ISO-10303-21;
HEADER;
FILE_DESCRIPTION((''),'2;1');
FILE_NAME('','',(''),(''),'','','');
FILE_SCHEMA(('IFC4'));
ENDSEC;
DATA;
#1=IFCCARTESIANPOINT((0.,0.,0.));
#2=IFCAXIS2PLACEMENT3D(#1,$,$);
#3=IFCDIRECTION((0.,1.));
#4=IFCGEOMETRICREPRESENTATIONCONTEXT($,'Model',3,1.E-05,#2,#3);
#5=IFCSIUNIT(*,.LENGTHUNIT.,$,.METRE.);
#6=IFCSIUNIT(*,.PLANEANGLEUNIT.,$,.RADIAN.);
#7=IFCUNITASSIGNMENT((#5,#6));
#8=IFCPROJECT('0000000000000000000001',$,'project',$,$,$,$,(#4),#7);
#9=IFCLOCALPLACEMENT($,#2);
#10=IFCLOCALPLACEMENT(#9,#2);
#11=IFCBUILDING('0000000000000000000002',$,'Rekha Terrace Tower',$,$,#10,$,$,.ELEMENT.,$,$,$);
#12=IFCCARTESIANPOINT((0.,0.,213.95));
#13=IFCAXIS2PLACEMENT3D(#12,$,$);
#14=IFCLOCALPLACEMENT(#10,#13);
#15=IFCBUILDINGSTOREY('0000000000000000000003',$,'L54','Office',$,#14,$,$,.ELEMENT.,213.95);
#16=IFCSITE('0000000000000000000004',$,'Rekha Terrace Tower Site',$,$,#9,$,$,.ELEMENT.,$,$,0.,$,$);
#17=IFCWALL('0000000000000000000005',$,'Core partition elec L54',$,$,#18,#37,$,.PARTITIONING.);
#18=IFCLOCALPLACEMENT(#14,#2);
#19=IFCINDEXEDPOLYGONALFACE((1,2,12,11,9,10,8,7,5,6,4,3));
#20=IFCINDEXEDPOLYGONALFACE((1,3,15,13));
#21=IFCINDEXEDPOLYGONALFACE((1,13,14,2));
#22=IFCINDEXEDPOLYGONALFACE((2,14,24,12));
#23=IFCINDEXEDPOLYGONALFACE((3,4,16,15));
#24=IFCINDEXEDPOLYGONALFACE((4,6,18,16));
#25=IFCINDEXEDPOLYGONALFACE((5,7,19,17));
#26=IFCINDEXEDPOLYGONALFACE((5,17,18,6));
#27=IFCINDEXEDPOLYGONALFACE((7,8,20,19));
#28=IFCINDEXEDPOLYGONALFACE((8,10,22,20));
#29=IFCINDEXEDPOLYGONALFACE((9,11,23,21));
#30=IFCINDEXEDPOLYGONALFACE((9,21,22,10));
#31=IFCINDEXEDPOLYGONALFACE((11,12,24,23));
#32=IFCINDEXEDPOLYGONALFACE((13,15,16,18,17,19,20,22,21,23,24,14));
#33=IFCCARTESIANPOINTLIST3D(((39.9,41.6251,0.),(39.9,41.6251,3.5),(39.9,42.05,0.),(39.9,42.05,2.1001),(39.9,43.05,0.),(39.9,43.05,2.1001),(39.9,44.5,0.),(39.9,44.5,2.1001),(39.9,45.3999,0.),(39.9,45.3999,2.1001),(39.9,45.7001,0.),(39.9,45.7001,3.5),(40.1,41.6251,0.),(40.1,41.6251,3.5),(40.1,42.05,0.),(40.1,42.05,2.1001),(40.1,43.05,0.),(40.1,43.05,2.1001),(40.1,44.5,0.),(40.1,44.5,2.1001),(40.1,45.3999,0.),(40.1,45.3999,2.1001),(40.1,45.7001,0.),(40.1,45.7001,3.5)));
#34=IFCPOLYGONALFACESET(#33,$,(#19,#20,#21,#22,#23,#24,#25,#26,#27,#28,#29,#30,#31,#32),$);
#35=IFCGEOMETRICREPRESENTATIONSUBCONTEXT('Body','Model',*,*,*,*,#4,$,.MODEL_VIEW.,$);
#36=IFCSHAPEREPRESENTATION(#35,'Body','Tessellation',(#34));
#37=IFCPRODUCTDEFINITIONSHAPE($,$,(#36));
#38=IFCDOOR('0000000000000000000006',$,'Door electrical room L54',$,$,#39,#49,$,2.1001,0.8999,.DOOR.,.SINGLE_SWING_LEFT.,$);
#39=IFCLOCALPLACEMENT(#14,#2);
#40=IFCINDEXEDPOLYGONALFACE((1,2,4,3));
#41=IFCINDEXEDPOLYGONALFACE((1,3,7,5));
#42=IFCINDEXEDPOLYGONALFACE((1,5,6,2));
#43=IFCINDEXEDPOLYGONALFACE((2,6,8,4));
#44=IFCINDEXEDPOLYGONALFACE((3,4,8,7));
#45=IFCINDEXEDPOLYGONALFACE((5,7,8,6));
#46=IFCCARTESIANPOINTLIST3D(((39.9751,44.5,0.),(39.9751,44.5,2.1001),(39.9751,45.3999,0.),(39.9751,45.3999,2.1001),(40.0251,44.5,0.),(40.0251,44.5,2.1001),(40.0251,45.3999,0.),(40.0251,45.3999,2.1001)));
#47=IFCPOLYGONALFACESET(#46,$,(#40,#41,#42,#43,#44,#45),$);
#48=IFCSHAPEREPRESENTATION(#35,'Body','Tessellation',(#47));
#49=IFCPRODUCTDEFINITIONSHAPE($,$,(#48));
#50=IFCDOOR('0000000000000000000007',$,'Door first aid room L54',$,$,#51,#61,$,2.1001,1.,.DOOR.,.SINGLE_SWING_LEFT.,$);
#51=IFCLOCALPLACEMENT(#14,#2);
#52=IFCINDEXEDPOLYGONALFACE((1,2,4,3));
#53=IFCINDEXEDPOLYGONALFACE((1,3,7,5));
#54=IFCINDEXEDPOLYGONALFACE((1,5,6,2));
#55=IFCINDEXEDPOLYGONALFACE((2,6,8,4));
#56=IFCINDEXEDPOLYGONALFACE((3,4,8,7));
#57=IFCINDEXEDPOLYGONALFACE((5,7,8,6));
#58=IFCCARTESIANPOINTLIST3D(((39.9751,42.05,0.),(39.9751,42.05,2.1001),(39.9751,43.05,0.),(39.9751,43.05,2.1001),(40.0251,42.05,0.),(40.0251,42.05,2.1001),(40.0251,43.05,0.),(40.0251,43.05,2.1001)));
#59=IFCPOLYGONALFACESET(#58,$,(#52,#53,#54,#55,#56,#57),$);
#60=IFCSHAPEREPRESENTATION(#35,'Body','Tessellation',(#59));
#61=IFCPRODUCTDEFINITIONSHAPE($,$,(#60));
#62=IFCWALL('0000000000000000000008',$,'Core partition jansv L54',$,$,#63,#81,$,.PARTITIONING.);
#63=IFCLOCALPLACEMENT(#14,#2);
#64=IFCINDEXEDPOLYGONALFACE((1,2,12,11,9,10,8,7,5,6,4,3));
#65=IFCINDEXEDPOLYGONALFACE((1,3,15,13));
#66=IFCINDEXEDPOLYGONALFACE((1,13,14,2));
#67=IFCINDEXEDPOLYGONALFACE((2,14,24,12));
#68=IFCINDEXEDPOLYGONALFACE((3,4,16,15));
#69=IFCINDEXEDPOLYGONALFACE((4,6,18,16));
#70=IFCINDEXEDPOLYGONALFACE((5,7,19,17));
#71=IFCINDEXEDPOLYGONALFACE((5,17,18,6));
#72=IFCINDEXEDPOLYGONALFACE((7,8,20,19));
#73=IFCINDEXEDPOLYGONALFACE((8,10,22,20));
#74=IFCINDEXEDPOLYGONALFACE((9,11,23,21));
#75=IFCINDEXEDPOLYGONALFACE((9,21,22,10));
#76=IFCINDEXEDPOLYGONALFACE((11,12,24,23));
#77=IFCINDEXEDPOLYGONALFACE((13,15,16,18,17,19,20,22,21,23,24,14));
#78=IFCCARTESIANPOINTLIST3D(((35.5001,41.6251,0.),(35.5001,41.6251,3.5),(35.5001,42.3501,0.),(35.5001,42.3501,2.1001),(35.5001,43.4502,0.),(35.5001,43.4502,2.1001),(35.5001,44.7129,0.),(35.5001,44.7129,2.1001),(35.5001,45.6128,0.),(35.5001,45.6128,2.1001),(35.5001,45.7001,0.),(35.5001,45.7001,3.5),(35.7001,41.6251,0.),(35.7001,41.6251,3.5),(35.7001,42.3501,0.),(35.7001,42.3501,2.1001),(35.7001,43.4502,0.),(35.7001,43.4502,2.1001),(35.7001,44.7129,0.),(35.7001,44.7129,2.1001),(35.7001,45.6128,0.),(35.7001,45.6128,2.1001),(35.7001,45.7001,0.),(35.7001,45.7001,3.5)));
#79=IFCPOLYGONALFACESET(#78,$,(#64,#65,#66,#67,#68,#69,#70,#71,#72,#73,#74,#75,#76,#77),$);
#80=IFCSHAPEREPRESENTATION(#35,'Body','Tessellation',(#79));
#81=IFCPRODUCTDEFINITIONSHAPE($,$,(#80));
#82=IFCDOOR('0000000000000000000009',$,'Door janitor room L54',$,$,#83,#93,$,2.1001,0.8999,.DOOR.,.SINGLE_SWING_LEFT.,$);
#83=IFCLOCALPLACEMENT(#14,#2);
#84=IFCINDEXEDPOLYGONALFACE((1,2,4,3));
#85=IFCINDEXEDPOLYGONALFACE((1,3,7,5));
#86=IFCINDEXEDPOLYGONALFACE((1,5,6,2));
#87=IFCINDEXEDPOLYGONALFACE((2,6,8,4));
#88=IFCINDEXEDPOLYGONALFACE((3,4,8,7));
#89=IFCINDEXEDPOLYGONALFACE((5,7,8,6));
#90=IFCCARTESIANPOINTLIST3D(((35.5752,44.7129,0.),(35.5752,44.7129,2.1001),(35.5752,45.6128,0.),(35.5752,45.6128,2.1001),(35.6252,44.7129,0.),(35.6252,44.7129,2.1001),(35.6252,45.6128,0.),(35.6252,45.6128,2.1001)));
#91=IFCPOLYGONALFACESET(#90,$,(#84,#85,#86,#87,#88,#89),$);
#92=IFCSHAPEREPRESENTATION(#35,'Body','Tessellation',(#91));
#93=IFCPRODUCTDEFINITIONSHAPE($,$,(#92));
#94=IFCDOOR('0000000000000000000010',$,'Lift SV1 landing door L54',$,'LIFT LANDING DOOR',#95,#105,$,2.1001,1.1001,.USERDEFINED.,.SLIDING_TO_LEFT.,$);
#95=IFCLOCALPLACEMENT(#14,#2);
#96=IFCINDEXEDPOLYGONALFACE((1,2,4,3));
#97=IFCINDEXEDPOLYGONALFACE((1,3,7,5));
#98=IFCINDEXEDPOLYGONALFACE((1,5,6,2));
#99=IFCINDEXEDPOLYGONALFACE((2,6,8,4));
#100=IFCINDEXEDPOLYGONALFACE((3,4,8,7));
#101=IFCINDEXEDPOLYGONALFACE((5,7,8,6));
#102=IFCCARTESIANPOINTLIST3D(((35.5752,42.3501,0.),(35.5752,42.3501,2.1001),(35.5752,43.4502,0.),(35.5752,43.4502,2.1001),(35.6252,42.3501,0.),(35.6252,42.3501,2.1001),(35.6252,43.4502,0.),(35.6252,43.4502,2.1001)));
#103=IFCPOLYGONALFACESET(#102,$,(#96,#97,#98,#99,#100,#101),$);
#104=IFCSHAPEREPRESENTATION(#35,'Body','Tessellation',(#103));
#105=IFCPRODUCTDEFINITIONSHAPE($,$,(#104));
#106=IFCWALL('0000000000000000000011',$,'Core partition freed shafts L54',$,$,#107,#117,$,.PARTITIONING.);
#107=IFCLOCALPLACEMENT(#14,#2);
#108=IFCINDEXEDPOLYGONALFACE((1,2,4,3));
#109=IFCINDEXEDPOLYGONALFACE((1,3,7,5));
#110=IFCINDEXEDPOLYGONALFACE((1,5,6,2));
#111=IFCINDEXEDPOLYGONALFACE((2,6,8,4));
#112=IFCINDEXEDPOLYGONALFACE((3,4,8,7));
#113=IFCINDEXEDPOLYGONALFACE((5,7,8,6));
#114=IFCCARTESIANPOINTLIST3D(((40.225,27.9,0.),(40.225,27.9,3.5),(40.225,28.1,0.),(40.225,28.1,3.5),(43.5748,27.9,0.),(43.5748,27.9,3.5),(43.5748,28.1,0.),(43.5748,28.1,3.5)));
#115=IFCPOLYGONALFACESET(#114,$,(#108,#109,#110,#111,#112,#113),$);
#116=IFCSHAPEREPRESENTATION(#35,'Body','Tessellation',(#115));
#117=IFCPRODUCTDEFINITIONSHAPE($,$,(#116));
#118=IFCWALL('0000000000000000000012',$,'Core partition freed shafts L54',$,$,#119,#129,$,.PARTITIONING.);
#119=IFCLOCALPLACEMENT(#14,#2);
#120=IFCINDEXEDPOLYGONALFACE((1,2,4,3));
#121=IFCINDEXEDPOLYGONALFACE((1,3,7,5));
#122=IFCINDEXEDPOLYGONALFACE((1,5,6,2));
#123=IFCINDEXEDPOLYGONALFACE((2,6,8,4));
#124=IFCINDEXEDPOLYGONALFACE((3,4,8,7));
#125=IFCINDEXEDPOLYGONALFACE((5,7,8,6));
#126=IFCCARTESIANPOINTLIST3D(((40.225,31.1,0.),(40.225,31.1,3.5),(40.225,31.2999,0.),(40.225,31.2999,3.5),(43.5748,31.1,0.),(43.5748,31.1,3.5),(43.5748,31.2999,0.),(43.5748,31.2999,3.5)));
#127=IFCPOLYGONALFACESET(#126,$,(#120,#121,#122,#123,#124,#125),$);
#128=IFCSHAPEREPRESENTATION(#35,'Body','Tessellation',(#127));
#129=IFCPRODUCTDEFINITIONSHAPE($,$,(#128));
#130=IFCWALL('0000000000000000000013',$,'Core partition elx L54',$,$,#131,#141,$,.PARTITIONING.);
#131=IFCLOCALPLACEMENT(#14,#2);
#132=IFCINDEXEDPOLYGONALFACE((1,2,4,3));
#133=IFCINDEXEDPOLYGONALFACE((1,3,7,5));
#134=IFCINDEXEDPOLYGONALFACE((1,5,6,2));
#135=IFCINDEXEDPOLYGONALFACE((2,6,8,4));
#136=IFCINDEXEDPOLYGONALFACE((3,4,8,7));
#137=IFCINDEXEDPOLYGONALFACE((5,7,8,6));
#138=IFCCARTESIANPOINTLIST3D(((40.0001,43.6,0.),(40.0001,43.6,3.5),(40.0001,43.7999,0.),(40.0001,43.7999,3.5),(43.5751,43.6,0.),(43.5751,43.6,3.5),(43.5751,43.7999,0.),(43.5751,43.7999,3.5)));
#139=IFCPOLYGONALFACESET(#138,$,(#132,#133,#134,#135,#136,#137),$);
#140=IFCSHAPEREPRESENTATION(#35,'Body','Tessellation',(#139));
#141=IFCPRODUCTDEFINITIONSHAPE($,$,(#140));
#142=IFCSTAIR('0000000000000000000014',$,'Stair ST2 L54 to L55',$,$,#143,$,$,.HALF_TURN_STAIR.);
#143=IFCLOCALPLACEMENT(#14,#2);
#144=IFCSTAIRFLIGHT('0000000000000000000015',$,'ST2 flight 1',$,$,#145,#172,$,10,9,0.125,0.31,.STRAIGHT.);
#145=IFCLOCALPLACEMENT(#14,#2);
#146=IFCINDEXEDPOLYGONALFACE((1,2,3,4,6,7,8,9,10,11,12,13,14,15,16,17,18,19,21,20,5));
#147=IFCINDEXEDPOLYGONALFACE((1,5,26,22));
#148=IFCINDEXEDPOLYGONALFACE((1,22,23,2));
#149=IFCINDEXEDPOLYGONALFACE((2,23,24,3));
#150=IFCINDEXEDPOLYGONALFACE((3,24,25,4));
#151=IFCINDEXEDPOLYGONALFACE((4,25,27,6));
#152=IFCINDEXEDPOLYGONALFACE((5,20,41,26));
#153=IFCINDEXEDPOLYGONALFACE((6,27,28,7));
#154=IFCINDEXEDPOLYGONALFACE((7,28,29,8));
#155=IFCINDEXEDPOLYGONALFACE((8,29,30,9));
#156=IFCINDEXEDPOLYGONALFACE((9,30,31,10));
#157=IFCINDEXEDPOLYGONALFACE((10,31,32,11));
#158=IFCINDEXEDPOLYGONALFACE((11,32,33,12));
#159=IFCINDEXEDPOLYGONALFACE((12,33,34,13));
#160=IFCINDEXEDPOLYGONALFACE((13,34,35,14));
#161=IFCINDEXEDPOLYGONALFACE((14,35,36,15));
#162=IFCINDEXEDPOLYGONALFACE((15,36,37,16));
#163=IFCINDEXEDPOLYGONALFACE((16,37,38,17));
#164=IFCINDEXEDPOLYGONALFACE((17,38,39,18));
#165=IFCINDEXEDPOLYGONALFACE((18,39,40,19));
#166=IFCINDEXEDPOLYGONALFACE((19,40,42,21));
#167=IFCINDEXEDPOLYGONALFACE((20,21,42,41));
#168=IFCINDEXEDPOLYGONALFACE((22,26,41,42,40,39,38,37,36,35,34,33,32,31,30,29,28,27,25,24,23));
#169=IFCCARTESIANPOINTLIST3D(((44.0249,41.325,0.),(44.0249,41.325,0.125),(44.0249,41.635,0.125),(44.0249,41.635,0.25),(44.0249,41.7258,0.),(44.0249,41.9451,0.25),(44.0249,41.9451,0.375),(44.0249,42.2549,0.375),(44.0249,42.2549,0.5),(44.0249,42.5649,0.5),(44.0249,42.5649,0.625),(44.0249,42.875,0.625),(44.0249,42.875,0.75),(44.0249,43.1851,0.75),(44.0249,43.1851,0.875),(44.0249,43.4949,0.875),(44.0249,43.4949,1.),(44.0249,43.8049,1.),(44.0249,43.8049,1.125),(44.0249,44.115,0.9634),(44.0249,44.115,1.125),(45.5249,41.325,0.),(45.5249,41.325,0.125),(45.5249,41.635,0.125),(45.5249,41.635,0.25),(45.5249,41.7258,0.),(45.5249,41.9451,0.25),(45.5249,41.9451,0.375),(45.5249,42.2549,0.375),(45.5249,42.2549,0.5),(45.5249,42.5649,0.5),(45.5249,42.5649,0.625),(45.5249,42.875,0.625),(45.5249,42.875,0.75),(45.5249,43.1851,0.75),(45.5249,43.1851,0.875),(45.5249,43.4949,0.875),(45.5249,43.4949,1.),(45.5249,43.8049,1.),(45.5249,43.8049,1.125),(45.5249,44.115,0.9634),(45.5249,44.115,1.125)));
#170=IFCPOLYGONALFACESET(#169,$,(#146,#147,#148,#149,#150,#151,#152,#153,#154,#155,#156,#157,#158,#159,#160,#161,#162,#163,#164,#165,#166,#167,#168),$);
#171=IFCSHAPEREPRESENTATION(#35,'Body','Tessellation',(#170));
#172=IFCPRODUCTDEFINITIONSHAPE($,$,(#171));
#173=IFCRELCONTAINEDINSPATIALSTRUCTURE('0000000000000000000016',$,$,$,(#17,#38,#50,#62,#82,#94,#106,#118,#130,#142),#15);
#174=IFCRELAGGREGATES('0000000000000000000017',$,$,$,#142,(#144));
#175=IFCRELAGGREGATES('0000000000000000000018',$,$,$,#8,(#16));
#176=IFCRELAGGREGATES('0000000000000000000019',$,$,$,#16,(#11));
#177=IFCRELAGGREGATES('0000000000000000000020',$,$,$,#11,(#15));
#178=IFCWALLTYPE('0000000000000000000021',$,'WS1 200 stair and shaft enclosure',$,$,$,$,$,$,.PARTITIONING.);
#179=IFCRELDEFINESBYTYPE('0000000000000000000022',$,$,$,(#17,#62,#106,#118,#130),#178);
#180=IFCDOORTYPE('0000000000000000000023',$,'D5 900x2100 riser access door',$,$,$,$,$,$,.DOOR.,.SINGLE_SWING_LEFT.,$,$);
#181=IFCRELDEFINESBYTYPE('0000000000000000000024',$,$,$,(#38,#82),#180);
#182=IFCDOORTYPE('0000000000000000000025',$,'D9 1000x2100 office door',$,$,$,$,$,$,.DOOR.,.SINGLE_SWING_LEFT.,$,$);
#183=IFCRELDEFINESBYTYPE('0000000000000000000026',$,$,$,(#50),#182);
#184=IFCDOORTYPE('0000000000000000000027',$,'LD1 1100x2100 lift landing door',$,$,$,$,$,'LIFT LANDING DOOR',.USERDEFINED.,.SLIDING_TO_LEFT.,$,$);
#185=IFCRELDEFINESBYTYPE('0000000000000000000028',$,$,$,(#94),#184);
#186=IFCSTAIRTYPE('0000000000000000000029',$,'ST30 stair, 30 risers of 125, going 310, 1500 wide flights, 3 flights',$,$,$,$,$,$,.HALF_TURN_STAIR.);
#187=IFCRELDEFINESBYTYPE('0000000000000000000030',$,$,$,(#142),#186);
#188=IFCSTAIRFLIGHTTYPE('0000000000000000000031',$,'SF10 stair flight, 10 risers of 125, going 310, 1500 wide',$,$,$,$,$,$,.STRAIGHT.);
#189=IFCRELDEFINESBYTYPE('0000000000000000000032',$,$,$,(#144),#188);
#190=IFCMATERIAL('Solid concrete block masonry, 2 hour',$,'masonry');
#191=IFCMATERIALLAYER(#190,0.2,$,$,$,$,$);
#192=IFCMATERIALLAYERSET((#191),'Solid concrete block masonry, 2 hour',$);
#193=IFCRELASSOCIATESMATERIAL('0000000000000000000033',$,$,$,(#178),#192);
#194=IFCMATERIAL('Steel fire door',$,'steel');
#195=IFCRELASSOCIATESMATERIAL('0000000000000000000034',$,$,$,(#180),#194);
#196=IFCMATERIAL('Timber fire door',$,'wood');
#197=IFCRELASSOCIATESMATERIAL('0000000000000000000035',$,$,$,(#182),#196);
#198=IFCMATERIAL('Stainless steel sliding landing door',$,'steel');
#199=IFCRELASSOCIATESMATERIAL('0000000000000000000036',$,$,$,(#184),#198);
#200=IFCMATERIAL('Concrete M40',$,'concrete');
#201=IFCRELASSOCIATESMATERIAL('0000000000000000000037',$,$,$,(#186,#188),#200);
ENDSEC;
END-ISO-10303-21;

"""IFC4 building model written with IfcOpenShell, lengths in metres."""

from ifc_helpers import new_model, si_unit, direction, frame, frame_2d, origin, place, context, subcontext, project, spatial, polyline, rectangle, outline, extrude, material, layer, layer_set, type_object, element, fill, aggregate, save


model = new_model("IFC4")

# Units and contexts
model_context = context("Model", 3, precision=1e-05, world=origin(), true_north=direction((0.0, 1.0)))
body_context = subcontext(model_context, "Body", "Model", "MODEL_VIEW")
ifc_project = project(units=[si_unit("LENGTHUNIT", "METRE"), si_unit("PLANEANGLEUNIT", "RADIAN")], contexts=[model_context])

# Site, building, storey
site_placement = place(None, origin())
site = spatial("IfcSite", under=ifc_project, at=site_placement, Name="Rekha Terrace Tower Site", CompositionType="ELEMENT", RefElevation=0.0)
building_placement = place(site_placement, origin())
building = spatial("IfcBuilding", under=site, at=building_placement, Name="Rekha Terrace Tower", CompositionType="ELEMENT")
storey_placement = place(building_placement, frame((0.0, 0.0, 213.95)))
storey = spatial("IfcBuildingStorey", under=building, at=storey_placement, Name="L54", Description="Office", CompositionType="ELEMENT", Elevation=213.95)

# Shared definitions
ifc_material_1 = material(Name="Stainless steel sliding landing door", Category="steel")
ifc_material_2 = material(Name="Steel fire door", Category="steel")

# Shared definitions
ifc_material_3 = material(Name="Solid concrete block masonry, 2 hour", Category="masonry")
ifc_layer_1 = layer(ifc_material_3, 0.2)
ifc_layer_set_1 = layer_set([ifc_layer_1], Name="Solid concrete block masonry, 2 hour")
wall_type_1 = type_object("IfcWallType", Name="WS1 200 stair and shaft enclosure", PredefinedType="PARTITIONING", material=ifc_layer_set_1)

# Walls, openings, doors
wall_1_placement = place(storey_placement, frame((40.0, 41.625, 0.0), z_axis=(0.0, 0.0, 1.0), x_axis=(0.0, 1.0, 0.0)))
wall_1 = element("IfcWall", 1, at=wall_1_placement, inside=storey, type_object=wall_type_1, Name="Core partition elec L54", PredefinedType="PARTITIONING", context=body_context, shape_type="SweptSolid", body=[
    extrude(rectangle(XDim=4.075, YDim=0.2, at=frame_2d((2.0376, 0.0))), origin(), (0.0, 0.0, 1.0), 3.5),
])
opening_1_placement = place(wall_1_placement, frame((2.875, 0.0, 0.0)))
opening_1 = element("IfcOpeningElement", 2, at=opening_1_placement, cuts=wall_1, PredefinedType="OPENING", context=body_context, shape_type="SweptSolid", body=[
    extrude(rectangle(XDim=0.8999, YDim=2.1001, at=frame_2d((0.45, 1.05))), frame((0.0, 0.1099, 0.0), z_axis=(0.0, -1.0, 0.0), x_axis=(1.0, 0.0, 0.0)), (0.0, 0.0, 1.0), 0.22),
])
opening_2_placement = place(wall_1_placement, frame((0.425, 0.0, 0.0)))
opening_2 = element("IfcOpeningElement", 3, at=opening_2_placement, cuts=wall_1, PredefinedType="OPENING", context=body_context, shape_type="SweptSolid", body=[
    extrude(rectangle(XDim=1.0, YDim=2.1001, at=frame_2d((0.5, 1.05))), frame((0.0, 0.1099, 0.0), z_axis=(0.0, -1.0, 0.0), x_axis=(1.0, 0.0, 0.0)), (0.0, 0.0, 1.0), 0.22),
])
door_type_1 = type_object("IfcDoorType", Name="D5 900x2100 riser access door", OperationType="SINGLE_SWING_LEFT", PredefinedType="DOOR", material=ifc_material_2)
door_1_placement = place(opening_1_placement, origin())
door_1 = element("IfcDoor", 4, at=door_1_placement, inside=storey, type_object=door_type_1, Name="Door electrical room L54", OperationType="SINGLE_SWING_LEFT", OverallHeight=2.1001, OverallWidth=0.8999, PredefinedType="DOOR", context=body_context, shape_type="SweptSolid", body=[
    extrude(rectangle(XDim=0.8999, YDim=2.1001, at=frame_2d((0.45, 1.05))), frame((0.0, 0.0249, 0.0), z_axis=(0.0, -1.0, 0.0), x_axis=(1.0, 0.0, 0.0)), (0.0, 0.0, 1.0), 0.05),
])
fill(opening_1, door_1)
ifc_material_4 = material(Name="Timber fire door", Category="wood")
door_type_2 = type_object("IfcDoorType", Name="D9 1000x2100 office door", OperationType="SINGLE_SWING_LEFT", PredefinedType="DOOR", material=ifc_material_4)
door_2_placement = place(opening_2_placement, origin())
door_2 = element("IfcDoor", 5, at=door_2_placement, inside=storey, type_object=door_type_2, Name="Door first aid room L54", OperationType="SINGLE_SWING_LEFT", OverallHeight=2.1001, OverallWidth=1.0, PredefinedType="DOOR", context=body_context, shape_type="SweptSolid", body=[
    extrude(rectangle(XDim=1.0, YDim=2.1001, at=frame_2d((0.5, 1.05))), frame((0.0, 0.0249, 0.0), z_axis=(0.0, -1.0, 0.0), x_axis=(1.0, 0.0, 0.0)), (0.0, 0.0, 1.0), 0.05),
])
fill(opening_2, door_2)
wall_2_placement = place(storey_placement, frame((35.6001, 41.625, 0.0), z_axis=(0.0, 0.0, 1.0), x_axis=(0.0, 1.0, 0.0)))
wall_2 = element("IfcWall", 6, at=wall_2_placement, inside=storey, type_object=wall_type_1, Name="Core partition jansv L54", PredefinedType="PARTITIONING", context=body_context, shape_type="SweptSolid", body=[
    extrude(rectangle(XDim=4.075, YDim=0.2, at=frame_2d((2.0376, 0.0))), origin(), (0.0, 0.0, 1.0), 3.5),
])
opening_3_placement = place(wall_2_placement, frame((3.0879, 0.0, 0.0)))
opening_3 = element("IfcOpeningElement", 7, at=opening_3_placement, cuts=wall_2, PredefinedType="OPENING", context=body_context, shape_type="SweptSolid", body=[
    extrude(rectangle(XDim=0.8999, YDim=2.1001, at=frame_2d((0.45, 1.05))), frame((0.0, 0.1099, 0.0), z_axis=(0.0, -1.0, 0.0), x_axis=(1.0, 0.0, 0.0)), (0.0, 0.0, 1.0), 0.22),
])
opening_4_placement = place(wall_2_placement, frame((0.7251, 0.0, 0.0)))
opening_4 = element("IfcOpeningElement", 8, at=opening_4_placement, cuts=wall_2, PredefinedType="OPENING", context=body_context, shape_type="SweptSolid", body=[
    extrude(rectangle(XDim=1.1001, YDim=2.1001, at=frame_2d((0.55, 1.05))), frame((0.0, 0.1099, 0.0), z_axis=(0.0, -1.0, 0.0), x_axis=(1.0, 0.0, 0.0)), (0.0, 0.0, 1.0), 0.22),
])
door_3_placement = place(opening_3_placement, origin())
door_3 = element("IfcDoor", 9, at=door_3_placement, inside=storey, type_object=door_type_1, Name="Door janitor room L54", OperationType="SINGLE_SWING_LEFT", OverallHeight=2.1001, OverallWidth=0.8999, PredefinedType="DOOR", context=body_context, shape_type="SweptSolid", body=[
    extrude(rectangle(XDim=0.8999, YDim=2.1001, at=frame_2d((0.45, 1.05))), frame((0.0, 0.0249, 0.0), z_axis=(0.0, -1.0, 0.0), x_axis=(1.0, 0.0, 0.0)), (0.0, 0.0, 1.0), 0.05),
])
fill(opening_3, door_3)
door_type_3 = type_object("IfcDoorType", Name="LD1 1100x2100 lift landing door", ElementType="LIFT LANDING DOOR", OperationType="SLIDING_TO_LEFT", PredefinedType="USERDEFINED", material=ifc_material_1)
door_4_placement = place(opening_4_placement, origin())
door_4 = element("IfcDoor", 10, at=door_4_placement, inside=storey, type_object=door_type_3, Name="Lift SV1 landing door L54", ObjectType="LIFT LANDING DOOR", OperationType="SLIDING_TO_LEFT", OverallHeight=2.1001, OverallWidth=1.1001, PredefinedType="USERDEFINED", context=body_context, shape_type="SweptSolid", body=[
    extrude(rectangle(XDim=1.1001, YDim=2.1001, at=frame_2d((0.55, 1.05))), frame((0.0, 0.0249, 0.0), z_axis=(0.0, -1.0, 0.0), x_axis=(1.0, 0.0, 0.0)), (0.0, 0.0, 1.0), 0.05),
])
fill(opening_4, door_4)

# Walls
for number, where, z_axis, x_axis, name in (
    (11, (40.2251, 28.0, 0.0), (0.0, 0.0, 1.0), (1.0, 0.0, 0.0), "Core partition freed shafts L54"),
    (12, (40.2251, 31.2, 0.0), (0.0, 0.0, 1.0), (1.0, 0.0, 0.0), "Core partition freed shafts L54"),
):
    element("IfcWall", number, at=place(storey_placement, frame(where, z_axis=z_axis, x_axis=x_axis)), inside=storey, type_object=wall_type_1, Name=name, PredefinedType="PARTITIONING", context=body_context, shape_type="SweptSolid", body=[
        extrude(rectangle(XDim=3.3499, YDim=0.2, at=frame_2d((1.6748, 0.0))), origin(), (0.0, 0.0, 1.0), 3.5),
    ])
wall_3_placement = place(storey_placement, frame((40.0, 43.7, 0.0), z_axis=(0.0, 0.0, 1.0), x_axis=(1.0, 0.0, 0.0)))
element("IfcWall", 13, at=wall_3_placement, inside=storey, type_object=wall_type_1, Name="Core partition elx L54", PredefinedType="PARTITIONING", context=body_context, shape_type="SweptSolid", body=[
    extrude(rectangle(XDim=3.575, YDim=0.2, at=frame_2d((1.7876, 0.0))), origin(), (0.0, 0.0, 1.0), 3.5),
])

# Stair, stair flight
ifc_material_5 = material(Name="Concrete M40", Category="concrete")
stair_type = type_object("IfcStairType", Name="ST30 stair, 30 risers of 125, going 310, 1500 wide flights, 3 flights", PredefinedType="HALF_TURN_STAIR", material=ifc_material_5)
stair_placement = place(storey_placement, origin())
stair = element("IfcStair", 14, at=stair_placement, inside=storey, type_object=stair_type, Name="Stair ST2 L54 to L55", PredefinedType="HALF_TURN_STAIR")
stair_flight_type = type_object("IfcStairFlightType", Name="SF10 stair flight, 10 risers of 125, going 310, 1500 wide", PredefinedType="STRAIGHT", material=ifc_material_5)
stair_flight_placement = place(storey_placement, frame((44.7749, 41.325, 0.0), z_axis=(0.0, 0.0, 1.0), x_axis=(0.0, 1.0, 0.0)))
stair_flight = element("IfcStairFlight", 15, at=stair_flight_placement, type_object=stair_flight_type, Name="ST2 flight 1", NumberOfRisers=10, NumberOfTreads=9, PredefinedType="STRAIGHT", RiserHeight=0.125, TreadLength=0.31, context=body_context, shape_type="SweptSolid", body=[
    extrude(outline(polyline([(0.0, 0.0), (0.0, 0.125), (0.3101, 0.125), (0.3101, 0.25), (0.6201, 0.25), (0.6201, 0.375), (0.9299, 0.375), (0.9299, 0.5), (1.24, 0.5), (1.24, 0.625), (1.55, 0.625), (1.55, 0.75), (1.8601, 0.75), (1.8601, 0.875), (2.1699, 0.875), (2.1699, 1.0), (2.48, 1.0), (2.48, 1.125), (2.79, 1.125), (2.79, 1.25), (2.79, 0.9634), (0.4009, 0.0), (0.0, 0.0)])), frame((0.0, 0.75, 0.0), z_axis=(0.0, -1.0, 0.0), x_axis=(1.0, 0.0, 0.0)), (0.0, 0.0, 1.0), 1.5),
])
aggregate(stair, [stair_flight])

save(model, "model.ifc")
